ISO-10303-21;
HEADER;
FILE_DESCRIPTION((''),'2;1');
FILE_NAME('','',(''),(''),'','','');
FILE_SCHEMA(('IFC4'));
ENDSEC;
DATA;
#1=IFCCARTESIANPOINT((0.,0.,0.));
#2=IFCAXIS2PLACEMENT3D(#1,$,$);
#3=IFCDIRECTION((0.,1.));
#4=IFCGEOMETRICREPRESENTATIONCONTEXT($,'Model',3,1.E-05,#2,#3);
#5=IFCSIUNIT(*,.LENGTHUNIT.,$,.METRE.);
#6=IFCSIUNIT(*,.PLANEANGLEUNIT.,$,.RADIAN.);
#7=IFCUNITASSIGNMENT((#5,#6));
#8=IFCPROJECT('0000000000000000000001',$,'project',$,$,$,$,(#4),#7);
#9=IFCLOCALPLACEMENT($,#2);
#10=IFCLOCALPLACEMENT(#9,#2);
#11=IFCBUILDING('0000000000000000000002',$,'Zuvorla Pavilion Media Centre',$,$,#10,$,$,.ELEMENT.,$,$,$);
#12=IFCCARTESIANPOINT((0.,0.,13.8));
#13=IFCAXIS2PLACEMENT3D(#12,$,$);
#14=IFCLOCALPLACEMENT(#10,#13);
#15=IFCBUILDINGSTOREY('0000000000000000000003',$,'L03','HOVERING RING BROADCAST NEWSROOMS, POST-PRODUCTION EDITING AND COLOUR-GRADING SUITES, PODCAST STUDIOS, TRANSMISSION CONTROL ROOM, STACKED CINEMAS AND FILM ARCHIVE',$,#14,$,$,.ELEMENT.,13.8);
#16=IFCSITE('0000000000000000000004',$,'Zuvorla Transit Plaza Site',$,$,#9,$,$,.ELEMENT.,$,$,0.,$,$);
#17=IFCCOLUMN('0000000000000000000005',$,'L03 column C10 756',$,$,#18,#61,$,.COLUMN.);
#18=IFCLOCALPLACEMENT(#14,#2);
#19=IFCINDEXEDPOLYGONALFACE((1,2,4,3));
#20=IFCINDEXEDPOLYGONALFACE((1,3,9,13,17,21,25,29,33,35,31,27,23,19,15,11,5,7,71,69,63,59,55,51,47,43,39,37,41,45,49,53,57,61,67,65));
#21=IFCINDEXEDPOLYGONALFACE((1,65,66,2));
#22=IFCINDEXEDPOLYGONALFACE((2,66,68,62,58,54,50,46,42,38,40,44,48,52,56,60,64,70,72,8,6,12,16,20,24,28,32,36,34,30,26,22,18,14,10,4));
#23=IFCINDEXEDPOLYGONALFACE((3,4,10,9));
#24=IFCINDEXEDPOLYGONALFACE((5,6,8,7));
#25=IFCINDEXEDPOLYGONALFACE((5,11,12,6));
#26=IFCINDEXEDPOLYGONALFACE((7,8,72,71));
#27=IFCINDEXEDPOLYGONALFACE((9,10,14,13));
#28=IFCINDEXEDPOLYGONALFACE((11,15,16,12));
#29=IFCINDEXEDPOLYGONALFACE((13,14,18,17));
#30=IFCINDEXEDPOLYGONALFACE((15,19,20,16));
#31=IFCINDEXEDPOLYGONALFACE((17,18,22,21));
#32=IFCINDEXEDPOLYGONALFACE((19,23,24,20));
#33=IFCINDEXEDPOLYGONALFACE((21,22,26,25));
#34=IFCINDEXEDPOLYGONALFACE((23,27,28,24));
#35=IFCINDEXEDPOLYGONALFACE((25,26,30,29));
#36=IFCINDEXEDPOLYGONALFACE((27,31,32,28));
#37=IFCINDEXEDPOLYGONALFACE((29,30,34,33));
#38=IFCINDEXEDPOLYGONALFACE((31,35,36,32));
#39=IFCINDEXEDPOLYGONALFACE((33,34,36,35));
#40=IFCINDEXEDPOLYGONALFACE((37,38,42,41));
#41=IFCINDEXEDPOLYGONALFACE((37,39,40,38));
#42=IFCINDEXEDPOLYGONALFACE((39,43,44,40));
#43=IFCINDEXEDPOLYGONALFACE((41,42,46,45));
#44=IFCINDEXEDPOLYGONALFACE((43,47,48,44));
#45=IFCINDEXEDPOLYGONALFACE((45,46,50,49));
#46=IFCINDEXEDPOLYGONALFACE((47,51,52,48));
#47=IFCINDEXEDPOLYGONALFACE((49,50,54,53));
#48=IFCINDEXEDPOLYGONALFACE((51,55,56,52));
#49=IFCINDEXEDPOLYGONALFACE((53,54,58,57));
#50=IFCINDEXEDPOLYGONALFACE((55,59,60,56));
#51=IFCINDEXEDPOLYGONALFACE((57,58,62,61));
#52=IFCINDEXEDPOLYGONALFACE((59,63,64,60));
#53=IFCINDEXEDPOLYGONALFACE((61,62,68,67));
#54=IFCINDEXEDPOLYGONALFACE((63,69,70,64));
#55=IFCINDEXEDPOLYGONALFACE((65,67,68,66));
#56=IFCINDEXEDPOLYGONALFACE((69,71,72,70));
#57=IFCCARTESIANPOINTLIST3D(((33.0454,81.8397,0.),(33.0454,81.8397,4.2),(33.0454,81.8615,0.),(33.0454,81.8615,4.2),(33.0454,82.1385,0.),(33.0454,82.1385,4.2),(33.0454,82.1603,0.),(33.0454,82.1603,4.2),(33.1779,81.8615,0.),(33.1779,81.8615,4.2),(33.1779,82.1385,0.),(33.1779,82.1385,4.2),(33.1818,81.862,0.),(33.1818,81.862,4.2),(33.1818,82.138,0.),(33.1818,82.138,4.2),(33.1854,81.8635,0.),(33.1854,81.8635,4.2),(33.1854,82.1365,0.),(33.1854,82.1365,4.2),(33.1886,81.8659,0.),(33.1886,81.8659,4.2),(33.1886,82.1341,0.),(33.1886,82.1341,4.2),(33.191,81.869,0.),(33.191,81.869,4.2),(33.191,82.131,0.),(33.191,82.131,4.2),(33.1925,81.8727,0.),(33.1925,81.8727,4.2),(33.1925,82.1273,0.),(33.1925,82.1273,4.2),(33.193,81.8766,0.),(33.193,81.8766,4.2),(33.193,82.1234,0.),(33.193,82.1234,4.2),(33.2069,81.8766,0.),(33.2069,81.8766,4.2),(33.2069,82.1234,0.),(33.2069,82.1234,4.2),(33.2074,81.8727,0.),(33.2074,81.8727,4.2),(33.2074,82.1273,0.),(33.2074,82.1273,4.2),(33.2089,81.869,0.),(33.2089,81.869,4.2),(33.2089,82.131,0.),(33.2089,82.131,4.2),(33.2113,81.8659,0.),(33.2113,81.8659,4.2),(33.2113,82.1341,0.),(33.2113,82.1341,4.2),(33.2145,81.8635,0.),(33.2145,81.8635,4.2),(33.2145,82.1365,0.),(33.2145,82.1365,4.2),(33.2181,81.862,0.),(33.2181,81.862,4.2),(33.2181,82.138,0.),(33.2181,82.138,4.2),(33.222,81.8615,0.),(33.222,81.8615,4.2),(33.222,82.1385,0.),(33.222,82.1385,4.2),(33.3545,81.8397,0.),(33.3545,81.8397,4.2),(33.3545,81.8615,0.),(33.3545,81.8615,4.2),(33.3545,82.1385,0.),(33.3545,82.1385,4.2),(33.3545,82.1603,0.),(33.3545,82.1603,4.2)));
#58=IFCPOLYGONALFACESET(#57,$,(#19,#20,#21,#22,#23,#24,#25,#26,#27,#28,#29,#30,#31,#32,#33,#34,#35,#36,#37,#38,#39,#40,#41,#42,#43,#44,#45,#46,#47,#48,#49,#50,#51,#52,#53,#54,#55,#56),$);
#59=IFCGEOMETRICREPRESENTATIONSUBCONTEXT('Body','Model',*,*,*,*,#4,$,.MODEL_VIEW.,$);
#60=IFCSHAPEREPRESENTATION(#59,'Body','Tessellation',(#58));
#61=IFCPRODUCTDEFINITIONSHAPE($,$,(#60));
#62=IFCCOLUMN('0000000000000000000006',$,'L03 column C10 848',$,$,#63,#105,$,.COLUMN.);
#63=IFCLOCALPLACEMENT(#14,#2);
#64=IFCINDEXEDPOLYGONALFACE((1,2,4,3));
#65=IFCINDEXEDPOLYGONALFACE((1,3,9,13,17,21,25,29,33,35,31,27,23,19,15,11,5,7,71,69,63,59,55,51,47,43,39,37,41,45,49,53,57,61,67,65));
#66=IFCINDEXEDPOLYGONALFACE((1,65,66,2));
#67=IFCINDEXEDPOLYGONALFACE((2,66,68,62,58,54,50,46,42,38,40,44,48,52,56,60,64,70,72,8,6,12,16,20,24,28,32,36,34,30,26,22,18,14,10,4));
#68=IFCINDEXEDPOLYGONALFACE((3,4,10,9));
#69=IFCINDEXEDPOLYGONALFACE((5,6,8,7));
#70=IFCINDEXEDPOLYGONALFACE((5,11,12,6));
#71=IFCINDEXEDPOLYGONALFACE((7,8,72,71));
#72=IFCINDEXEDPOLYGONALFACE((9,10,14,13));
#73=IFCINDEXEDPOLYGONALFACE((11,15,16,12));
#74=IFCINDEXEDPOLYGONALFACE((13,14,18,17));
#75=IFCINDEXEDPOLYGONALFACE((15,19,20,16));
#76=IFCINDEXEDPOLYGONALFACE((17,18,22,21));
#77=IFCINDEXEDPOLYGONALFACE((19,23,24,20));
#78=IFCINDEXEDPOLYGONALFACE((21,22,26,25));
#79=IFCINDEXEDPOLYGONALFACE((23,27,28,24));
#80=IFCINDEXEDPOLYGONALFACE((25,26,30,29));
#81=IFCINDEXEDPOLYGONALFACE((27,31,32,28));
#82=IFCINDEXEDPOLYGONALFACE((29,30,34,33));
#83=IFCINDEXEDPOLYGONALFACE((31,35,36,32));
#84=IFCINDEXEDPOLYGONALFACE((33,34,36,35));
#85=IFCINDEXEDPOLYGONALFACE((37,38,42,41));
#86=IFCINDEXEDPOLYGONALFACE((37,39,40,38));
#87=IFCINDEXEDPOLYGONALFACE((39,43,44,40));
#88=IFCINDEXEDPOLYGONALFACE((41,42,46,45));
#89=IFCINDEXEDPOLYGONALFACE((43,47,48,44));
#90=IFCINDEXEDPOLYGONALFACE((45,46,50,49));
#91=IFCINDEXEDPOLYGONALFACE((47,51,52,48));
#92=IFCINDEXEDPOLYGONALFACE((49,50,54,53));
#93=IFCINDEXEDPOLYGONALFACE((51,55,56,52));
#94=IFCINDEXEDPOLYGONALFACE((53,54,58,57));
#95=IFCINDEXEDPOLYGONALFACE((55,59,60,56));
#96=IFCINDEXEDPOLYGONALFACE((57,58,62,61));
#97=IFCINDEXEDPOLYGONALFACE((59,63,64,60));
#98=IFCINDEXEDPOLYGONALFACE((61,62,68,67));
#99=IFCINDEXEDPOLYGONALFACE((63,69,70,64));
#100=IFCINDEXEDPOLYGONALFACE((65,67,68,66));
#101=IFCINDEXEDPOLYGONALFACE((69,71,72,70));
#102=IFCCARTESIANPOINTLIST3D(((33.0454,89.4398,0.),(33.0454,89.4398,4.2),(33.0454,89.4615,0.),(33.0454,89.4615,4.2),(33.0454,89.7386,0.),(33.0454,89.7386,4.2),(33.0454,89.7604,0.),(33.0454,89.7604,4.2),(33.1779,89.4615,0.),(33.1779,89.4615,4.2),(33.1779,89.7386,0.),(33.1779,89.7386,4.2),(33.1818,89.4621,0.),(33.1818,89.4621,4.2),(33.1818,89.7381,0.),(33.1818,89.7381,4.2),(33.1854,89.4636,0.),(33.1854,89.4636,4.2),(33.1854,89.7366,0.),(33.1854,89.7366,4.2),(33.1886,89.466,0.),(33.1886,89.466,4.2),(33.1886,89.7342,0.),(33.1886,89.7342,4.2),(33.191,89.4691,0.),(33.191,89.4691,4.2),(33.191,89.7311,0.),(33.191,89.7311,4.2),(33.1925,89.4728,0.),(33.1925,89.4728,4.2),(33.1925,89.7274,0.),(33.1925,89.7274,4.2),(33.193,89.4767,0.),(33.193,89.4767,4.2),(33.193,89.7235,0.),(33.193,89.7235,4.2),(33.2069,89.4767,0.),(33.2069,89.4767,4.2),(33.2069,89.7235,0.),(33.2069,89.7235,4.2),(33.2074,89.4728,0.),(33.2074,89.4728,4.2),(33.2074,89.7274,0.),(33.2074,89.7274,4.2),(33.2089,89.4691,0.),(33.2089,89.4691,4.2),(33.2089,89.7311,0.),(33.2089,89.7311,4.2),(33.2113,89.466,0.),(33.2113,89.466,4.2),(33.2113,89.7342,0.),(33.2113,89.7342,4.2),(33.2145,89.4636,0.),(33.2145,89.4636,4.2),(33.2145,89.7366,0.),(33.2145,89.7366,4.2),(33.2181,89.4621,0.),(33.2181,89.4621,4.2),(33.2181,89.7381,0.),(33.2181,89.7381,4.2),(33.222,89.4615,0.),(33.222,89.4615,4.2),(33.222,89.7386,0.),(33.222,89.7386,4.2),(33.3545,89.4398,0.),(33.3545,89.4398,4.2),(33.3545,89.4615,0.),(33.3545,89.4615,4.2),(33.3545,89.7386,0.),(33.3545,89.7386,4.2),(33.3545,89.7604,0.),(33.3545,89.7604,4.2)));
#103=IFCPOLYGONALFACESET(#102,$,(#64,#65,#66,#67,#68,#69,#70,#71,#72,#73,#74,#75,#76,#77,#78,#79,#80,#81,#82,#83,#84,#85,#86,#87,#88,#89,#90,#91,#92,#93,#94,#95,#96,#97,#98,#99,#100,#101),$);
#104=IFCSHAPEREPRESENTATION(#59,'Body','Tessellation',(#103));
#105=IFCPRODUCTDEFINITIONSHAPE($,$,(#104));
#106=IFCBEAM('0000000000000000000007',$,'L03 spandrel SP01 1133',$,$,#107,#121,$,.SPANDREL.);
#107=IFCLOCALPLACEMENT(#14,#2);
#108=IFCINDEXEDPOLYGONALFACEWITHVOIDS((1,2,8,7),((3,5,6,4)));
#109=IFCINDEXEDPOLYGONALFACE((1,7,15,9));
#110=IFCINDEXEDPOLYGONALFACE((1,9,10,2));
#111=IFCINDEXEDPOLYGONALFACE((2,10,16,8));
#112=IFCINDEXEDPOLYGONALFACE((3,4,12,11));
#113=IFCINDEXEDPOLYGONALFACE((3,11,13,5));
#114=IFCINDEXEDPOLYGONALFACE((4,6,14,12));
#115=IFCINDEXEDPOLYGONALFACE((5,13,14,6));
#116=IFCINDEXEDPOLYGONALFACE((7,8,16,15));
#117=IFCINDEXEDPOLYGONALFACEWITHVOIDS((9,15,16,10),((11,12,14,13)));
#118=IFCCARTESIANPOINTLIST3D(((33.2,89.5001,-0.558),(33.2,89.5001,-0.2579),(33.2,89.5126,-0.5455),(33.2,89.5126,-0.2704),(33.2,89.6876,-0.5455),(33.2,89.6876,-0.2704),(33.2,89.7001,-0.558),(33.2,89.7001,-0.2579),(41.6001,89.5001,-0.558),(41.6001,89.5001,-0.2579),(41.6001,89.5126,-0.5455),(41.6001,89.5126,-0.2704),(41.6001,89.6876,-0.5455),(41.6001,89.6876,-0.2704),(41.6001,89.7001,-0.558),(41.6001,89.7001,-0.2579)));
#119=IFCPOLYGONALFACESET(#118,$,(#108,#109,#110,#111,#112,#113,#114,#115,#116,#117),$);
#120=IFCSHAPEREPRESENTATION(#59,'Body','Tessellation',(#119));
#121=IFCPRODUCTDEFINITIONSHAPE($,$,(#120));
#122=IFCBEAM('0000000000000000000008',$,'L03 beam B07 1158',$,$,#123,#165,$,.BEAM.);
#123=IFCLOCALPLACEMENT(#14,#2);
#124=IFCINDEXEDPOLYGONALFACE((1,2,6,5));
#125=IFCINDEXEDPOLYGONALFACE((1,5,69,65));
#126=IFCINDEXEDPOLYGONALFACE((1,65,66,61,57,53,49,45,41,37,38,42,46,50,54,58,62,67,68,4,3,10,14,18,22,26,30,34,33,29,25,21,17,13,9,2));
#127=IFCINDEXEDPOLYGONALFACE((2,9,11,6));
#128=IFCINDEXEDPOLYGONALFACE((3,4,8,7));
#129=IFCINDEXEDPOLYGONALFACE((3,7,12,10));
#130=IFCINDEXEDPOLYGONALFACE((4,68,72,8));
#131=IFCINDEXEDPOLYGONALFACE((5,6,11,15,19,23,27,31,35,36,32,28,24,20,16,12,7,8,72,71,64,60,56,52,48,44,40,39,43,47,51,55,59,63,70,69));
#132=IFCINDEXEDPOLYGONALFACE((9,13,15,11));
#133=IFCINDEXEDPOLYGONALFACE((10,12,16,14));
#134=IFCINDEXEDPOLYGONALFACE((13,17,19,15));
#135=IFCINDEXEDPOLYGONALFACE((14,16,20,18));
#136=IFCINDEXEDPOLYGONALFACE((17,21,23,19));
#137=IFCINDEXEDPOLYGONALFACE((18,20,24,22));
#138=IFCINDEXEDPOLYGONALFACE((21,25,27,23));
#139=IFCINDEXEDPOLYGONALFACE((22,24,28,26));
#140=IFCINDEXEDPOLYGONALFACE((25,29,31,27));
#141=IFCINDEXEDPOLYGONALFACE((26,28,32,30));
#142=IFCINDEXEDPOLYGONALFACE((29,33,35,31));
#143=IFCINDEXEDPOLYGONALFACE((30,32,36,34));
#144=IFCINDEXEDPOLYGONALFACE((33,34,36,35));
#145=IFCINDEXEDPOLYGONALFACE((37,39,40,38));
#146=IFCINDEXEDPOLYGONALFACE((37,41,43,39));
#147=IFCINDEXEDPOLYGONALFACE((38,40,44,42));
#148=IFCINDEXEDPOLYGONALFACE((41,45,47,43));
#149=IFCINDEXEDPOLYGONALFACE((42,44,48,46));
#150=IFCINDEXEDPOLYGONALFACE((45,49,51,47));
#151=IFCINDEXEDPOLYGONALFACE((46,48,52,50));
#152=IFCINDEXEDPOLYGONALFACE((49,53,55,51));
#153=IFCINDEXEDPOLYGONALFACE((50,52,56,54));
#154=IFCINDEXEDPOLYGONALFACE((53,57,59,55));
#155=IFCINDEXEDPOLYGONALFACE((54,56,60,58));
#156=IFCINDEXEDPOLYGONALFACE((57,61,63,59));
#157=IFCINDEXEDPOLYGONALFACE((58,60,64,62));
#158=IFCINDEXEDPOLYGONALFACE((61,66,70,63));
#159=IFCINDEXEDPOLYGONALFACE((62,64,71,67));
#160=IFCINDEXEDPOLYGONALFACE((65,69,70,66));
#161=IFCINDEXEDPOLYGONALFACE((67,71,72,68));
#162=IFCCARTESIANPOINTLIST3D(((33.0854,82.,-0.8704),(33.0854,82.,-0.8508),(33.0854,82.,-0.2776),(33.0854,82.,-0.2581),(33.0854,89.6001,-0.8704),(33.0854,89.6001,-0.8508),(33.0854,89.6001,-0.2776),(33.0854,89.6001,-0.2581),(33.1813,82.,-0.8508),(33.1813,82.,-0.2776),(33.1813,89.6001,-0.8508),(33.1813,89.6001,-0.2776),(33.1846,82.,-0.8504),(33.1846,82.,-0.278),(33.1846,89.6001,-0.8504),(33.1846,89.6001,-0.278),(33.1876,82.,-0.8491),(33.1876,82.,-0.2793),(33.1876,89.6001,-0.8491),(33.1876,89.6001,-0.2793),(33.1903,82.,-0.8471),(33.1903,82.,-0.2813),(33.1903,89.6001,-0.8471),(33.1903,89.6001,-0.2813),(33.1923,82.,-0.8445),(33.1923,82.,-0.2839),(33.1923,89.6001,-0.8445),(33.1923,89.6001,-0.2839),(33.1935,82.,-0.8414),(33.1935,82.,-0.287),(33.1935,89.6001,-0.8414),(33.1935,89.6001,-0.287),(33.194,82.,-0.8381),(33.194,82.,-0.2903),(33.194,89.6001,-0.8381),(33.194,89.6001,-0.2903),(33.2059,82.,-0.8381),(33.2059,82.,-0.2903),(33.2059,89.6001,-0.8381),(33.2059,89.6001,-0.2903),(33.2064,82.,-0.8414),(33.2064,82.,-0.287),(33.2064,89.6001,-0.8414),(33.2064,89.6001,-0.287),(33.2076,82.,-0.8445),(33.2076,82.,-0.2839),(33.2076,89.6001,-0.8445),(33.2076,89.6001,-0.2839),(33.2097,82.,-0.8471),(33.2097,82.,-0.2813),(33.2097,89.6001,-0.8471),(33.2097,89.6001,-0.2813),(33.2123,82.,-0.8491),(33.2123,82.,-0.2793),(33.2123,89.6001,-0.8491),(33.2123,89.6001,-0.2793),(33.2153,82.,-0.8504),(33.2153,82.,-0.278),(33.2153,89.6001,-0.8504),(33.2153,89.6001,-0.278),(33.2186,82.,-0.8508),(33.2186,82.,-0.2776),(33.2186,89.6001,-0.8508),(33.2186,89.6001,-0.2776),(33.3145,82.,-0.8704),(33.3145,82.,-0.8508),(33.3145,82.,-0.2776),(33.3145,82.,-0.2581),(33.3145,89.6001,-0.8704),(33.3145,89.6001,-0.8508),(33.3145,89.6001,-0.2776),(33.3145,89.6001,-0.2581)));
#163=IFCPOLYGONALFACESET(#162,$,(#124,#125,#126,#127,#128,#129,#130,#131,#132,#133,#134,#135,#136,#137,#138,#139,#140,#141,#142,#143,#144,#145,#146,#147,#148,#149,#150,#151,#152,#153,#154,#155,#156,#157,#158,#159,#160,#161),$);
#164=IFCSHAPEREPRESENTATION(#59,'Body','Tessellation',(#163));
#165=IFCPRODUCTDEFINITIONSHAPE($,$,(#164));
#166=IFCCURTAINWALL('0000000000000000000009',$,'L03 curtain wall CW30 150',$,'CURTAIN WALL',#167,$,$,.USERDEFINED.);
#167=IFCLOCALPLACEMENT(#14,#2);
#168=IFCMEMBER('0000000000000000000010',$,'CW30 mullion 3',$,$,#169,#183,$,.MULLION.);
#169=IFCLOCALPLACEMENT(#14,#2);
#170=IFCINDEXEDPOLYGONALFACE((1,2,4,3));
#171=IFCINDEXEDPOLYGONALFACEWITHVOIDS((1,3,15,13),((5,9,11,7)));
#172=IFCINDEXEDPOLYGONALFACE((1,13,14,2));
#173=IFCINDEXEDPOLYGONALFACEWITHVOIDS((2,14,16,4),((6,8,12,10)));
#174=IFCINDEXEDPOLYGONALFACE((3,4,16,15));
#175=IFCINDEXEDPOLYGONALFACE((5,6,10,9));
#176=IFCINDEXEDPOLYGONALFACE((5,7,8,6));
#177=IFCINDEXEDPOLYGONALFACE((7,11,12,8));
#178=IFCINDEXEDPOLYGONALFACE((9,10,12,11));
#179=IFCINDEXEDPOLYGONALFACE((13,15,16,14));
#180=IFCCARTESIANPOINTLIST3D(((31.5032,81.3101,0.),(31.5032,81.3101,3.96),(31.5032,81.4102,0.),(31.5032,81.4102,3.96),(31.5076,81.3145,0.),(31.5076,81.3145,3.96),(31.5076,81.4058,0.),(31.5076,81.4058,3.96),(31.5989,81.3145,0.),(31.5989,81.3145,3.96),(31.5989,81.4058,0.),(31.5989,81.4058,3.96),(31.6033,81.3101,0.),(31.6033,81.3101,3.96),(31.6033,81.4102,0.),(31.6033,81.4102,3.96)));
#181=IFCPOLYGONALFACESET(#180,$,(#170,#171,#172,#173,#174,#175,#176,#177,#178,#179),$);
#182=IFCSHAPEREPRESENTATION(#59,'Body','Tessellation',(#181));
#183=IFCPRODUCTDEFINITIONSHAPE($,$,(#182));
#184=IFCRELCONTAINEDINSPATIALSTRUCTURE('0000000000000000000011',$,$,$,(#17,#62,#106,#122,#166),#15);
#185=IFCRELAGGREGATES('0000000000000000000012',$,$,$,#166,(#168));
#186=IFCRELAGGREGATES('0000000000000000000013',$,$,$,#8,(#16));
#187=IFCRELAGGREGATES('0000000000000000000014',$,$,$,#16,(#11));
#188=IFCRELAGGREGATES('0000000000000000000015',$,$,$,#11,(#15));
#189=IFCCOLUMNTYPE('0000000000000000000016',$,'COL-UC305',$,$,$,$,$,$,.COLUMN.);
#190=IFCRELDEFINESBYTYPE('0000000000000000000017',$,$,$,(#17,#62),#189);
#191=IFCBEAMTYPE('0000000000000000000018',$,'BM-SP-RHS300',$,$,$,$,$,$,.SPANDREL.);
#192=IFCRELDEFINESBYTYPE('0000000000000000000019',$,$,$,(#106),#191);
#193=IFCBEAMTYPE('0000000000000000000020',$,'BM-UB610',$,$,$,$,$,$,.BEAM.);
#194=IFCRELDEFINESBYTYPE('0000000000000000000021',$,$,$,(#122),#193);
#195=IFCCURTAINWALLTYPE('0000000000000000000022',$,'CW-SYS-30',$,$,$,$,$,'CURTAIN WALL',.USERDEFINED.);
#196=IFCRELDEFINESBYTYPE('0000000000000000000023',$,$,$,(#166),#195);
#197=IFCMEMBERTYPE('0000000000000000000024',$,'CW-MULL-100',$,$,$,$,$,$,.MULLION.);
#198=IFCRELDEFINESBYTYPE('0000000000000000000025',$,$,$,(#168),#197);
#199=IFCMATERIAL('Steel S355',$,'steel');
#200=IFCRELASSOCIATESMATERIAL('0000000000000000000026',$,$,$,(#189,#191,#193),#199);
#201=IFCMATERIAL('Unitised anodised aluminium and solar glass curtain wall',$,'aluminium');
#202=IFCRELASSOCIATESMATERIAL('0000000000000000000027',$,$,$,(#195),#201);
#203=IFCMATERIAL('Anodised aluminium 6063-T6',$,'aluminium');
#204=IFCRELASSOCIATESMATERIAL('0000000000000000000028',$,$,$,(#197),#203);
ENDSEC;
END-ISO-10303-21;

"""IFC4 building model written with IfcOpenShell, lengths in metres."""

from ifc_helpers import new_model, si_unit, direction, frame, origin, origin_2d, place, context, subcontext, project, spatial, hollow_rectangle, i_section, extrude, material, material_profile, profile_set, type_object, element, aggregate, save


model = new_model("IFC4")

# Units and contexts
model_context = context("Model", 3, precision=1e-05, world=origin(), true_north=direction((0.0, 1.0)))
body_context = subcontext(model_context, "Body", "Model", "MODEL_VIEW")
ifc_project = project(units=[si_unit("LENGTHUNIT", "METRE"), si_unit("PLANEANGLEUNIT", "RADIAN")], contexts=[model_context])

# Site, building, storey
site_placement = place(None, origin())
site = spatial("IfcSite", under=ifc_project, at=site_placement, Name="Zuvorla Transit Plaza Site", CompositionType="ELEMENT", RefElevation=0.0)
building_placement = place(site_placement, origin())
building = spatial("IfcBuilding", under=site, at=building_placement, Name="Zuvorla Pavilion Media Centre", CompositionType="ELEMENT")
storey_placement = place(building_placement, frame((0.0, 0.0, 13.8)))
storey = spatial("IfcBuildingStorey", under=building, at=storey_placement, Name="L03", Description="HOVERING RING BROADCAST NEWSROOMS, POST-PRODUCTION EDITING AND COLOUR-GRADING SUITES, PODCAST STUDIOS, TRANSMISSION CONTROL ROOM, STACKED CINEMAS AND FILM ARCHIVE", CompositionType="ELEMENT", Elevation=13.8)

# Columns
ifc_material_1 = material(Name="Steel S355", Category="steel")
ifc_material_profile_1 = material_profile(ifc_material_1, i_section(OverallWidth=0.3091, OverallDepth=0.3206, WebThickness=0.0139, FlangeThickness=0.0217, FilletRadius=0.0151, at=origin_2d()), Name="UC 305x305x137")
ifc_profile_set_1 = profile_set([ifc_material_profile_1], Name="Steel S355")
column_type = type_object("IfcColumnType", Name="COL-UC305", PredefinedType="COLUMN", material=ifc_profile_set_1)
for number, where, z_axis, x_axis, name in (
    (1, (33.2, 82.0, 0.0), (0.0, 0.0, 1.0), (1.0, 0.0, 0.0), "L03 column C10 756"),
    (2, (33.2, 89.6001, 0.0), (0.0, 0.0, 1.0), (1.0, 0.0, 0.0), "L03 column C10 848"),
):
    element("IfcColumn", number, at=place(storey_placement, frame(where, z_axis=z_axis, x_axis=x_axis)), inside=storey, type_object=column_type, Name=name, PredefinedType="COLUMN", context=body_context, shape_type="SweptSolid", body=[
        extrude(i_section(OverallWidth=0.3091, OverallDepth=0.3206, WebThickness=0.0139, FlangeThickness=0.0217, FilletRadius=0.0151, at=origin_2d()), origin(), (0.0, 0.0, 1.0), 4.2),
    ])

# Beams
ifc_material_profile_2 = material_profile(ifc_material_1, hollow_rectangle(XDim=0.2, YDim=0.3, WallThickness=0.0125, at=origin_2d()), Name="RHS 300x200x12.5")
ifc_profile_set_2 = profile_set([ifc_material_profile_2], Name="Steel S355")
beam_type_1 = type_object("IfcBeamType", Name="BM-SP-RHS300", PredefinedType="SPANDREL", material=ifc_profile_set_2)
beam_1_placement = place(storey_placement, frame((33.2, 89.6001, -0.408), z_axis=(1.0, 0.0, 0.0), x_axis=(0.0, 1.0, 0.0)))
element("IfcBeam", 3, at=beam_1_placement, inside=storey, type_object=beam_type_1, Name="L03 spandrel SP01 1133", PredefinedType="SPANDREL", context=body_context, shape_type="SweptSolid", body=[
    extrude(hollow_rectangle(XDim=0.2, YDim=0.3, WallThickness=0.0125, at=origin_2d()), origin(), (0.0, 0.0, 1.0), 8.4001),
])
ifc_material_profile_3 = material_profile(ifc_material_1, i_section(OverallWidth=0.229, OverallDepth=0.6123, WebThickness=0.012, FlangeThickness=0.0195, FilletRadius=0.0127, at=origin_2d()), Name="UB 610x229x125")
ifc_profile_set_3 = profile_set([ifc_material_profile_3], Name="Steel S355")
beam_type_2 = type_object("IfcBeamType", Name="BM-UB610", PredefinedType="BEAM", material=ifc_profile_set_3)
beam_2_placement = place(storey_placement, frame((33.2, 82.0, -0.5642), z_axis=(0.0, 1.0, 0.0), x_axis=(-1.0, 0.0, 0.0)))
element("IfcBeam", 4, at=beam_2_placement, inside=storey, type_object=beam_type_2, Name="L03 beam B07 1158", PredefinedType="BEAM", context=body_context, shape_type="SweptSolid", body=[
    extrude(i_section(OverallWidth=0.229, OverallDepth=0.6123, WebThickness=0.012, FlangeThickness=0.0195, FilletRadius=0.0127, at=origin_2d()), origin(), (0.0, 0.0, 1.0), 7.6001),
])

# Curtain wall, member
ifc_material_2 = material(Name="Unitised anodised aluminium and solar glass curtain wall", Category="aluminium")
curtain_wall_type_1 = type_object("IfcCurtainWallType", Name="CW-SYS-30", ElementType="CURTAIN WALL", PredefinedType="USERDEFINED", material=ifc_material_2)
curtain_wall_1_placement = place(storey_placement, origin())
curtain_wall_1 = element("IfcCurtainWall", 5, at=curtain_wall_1_placement, inside=storey, type_object=curtain_wall_type_1, Name="L03 curtain wall CW30 150", ObjectType="CURTAIN WALL", PredefinedType="USERDEFINED")
ifc_material_3 = material(Name="Anodised aluminium 6063-T6", Category="aluminium")
ifc_material_profile_4 = material_profile(ifc_material_3, hollow_rectangle(XDim=0.1001, YDim=0.1001, WallThickness=0.0044, at=origin_2d()), Name="ALU MULL 100x100")
ifc_profile_set_4 = profile_set([ifc_material_profile_4], Name="Anodised aluminium 6063-T6")
member_type_1 = type_object("IfcMemberType", Name="CW-MULL-100", PredefinedType="MULLION", material=ifc_profile_set_4)
member_1_placement = place(storey_placement, frame((31.5532, 81.3601, 0.0), z_axis=(0.0, 0.0, 1.0), x_axis=(1.0, 0.0, 0.0)))
member_1 = element("IfcMember", 6, at=member_1_placement, type_object=member_type_1, Name="CW30 mullion 3", PredefinedType="MULLION", context=body_context, shape_type="SweptSolid", body=[
    extrude(hollow_rectangle(XDim=0.1001, YDim=0.1001, WallThickness=0.0044, at=origin_2d()), origin(), (0.0, 0.0, 1.0), 3.96),
])

aggregate(curtain_wall_1, [member_1])

save(model, "model.ifc")
